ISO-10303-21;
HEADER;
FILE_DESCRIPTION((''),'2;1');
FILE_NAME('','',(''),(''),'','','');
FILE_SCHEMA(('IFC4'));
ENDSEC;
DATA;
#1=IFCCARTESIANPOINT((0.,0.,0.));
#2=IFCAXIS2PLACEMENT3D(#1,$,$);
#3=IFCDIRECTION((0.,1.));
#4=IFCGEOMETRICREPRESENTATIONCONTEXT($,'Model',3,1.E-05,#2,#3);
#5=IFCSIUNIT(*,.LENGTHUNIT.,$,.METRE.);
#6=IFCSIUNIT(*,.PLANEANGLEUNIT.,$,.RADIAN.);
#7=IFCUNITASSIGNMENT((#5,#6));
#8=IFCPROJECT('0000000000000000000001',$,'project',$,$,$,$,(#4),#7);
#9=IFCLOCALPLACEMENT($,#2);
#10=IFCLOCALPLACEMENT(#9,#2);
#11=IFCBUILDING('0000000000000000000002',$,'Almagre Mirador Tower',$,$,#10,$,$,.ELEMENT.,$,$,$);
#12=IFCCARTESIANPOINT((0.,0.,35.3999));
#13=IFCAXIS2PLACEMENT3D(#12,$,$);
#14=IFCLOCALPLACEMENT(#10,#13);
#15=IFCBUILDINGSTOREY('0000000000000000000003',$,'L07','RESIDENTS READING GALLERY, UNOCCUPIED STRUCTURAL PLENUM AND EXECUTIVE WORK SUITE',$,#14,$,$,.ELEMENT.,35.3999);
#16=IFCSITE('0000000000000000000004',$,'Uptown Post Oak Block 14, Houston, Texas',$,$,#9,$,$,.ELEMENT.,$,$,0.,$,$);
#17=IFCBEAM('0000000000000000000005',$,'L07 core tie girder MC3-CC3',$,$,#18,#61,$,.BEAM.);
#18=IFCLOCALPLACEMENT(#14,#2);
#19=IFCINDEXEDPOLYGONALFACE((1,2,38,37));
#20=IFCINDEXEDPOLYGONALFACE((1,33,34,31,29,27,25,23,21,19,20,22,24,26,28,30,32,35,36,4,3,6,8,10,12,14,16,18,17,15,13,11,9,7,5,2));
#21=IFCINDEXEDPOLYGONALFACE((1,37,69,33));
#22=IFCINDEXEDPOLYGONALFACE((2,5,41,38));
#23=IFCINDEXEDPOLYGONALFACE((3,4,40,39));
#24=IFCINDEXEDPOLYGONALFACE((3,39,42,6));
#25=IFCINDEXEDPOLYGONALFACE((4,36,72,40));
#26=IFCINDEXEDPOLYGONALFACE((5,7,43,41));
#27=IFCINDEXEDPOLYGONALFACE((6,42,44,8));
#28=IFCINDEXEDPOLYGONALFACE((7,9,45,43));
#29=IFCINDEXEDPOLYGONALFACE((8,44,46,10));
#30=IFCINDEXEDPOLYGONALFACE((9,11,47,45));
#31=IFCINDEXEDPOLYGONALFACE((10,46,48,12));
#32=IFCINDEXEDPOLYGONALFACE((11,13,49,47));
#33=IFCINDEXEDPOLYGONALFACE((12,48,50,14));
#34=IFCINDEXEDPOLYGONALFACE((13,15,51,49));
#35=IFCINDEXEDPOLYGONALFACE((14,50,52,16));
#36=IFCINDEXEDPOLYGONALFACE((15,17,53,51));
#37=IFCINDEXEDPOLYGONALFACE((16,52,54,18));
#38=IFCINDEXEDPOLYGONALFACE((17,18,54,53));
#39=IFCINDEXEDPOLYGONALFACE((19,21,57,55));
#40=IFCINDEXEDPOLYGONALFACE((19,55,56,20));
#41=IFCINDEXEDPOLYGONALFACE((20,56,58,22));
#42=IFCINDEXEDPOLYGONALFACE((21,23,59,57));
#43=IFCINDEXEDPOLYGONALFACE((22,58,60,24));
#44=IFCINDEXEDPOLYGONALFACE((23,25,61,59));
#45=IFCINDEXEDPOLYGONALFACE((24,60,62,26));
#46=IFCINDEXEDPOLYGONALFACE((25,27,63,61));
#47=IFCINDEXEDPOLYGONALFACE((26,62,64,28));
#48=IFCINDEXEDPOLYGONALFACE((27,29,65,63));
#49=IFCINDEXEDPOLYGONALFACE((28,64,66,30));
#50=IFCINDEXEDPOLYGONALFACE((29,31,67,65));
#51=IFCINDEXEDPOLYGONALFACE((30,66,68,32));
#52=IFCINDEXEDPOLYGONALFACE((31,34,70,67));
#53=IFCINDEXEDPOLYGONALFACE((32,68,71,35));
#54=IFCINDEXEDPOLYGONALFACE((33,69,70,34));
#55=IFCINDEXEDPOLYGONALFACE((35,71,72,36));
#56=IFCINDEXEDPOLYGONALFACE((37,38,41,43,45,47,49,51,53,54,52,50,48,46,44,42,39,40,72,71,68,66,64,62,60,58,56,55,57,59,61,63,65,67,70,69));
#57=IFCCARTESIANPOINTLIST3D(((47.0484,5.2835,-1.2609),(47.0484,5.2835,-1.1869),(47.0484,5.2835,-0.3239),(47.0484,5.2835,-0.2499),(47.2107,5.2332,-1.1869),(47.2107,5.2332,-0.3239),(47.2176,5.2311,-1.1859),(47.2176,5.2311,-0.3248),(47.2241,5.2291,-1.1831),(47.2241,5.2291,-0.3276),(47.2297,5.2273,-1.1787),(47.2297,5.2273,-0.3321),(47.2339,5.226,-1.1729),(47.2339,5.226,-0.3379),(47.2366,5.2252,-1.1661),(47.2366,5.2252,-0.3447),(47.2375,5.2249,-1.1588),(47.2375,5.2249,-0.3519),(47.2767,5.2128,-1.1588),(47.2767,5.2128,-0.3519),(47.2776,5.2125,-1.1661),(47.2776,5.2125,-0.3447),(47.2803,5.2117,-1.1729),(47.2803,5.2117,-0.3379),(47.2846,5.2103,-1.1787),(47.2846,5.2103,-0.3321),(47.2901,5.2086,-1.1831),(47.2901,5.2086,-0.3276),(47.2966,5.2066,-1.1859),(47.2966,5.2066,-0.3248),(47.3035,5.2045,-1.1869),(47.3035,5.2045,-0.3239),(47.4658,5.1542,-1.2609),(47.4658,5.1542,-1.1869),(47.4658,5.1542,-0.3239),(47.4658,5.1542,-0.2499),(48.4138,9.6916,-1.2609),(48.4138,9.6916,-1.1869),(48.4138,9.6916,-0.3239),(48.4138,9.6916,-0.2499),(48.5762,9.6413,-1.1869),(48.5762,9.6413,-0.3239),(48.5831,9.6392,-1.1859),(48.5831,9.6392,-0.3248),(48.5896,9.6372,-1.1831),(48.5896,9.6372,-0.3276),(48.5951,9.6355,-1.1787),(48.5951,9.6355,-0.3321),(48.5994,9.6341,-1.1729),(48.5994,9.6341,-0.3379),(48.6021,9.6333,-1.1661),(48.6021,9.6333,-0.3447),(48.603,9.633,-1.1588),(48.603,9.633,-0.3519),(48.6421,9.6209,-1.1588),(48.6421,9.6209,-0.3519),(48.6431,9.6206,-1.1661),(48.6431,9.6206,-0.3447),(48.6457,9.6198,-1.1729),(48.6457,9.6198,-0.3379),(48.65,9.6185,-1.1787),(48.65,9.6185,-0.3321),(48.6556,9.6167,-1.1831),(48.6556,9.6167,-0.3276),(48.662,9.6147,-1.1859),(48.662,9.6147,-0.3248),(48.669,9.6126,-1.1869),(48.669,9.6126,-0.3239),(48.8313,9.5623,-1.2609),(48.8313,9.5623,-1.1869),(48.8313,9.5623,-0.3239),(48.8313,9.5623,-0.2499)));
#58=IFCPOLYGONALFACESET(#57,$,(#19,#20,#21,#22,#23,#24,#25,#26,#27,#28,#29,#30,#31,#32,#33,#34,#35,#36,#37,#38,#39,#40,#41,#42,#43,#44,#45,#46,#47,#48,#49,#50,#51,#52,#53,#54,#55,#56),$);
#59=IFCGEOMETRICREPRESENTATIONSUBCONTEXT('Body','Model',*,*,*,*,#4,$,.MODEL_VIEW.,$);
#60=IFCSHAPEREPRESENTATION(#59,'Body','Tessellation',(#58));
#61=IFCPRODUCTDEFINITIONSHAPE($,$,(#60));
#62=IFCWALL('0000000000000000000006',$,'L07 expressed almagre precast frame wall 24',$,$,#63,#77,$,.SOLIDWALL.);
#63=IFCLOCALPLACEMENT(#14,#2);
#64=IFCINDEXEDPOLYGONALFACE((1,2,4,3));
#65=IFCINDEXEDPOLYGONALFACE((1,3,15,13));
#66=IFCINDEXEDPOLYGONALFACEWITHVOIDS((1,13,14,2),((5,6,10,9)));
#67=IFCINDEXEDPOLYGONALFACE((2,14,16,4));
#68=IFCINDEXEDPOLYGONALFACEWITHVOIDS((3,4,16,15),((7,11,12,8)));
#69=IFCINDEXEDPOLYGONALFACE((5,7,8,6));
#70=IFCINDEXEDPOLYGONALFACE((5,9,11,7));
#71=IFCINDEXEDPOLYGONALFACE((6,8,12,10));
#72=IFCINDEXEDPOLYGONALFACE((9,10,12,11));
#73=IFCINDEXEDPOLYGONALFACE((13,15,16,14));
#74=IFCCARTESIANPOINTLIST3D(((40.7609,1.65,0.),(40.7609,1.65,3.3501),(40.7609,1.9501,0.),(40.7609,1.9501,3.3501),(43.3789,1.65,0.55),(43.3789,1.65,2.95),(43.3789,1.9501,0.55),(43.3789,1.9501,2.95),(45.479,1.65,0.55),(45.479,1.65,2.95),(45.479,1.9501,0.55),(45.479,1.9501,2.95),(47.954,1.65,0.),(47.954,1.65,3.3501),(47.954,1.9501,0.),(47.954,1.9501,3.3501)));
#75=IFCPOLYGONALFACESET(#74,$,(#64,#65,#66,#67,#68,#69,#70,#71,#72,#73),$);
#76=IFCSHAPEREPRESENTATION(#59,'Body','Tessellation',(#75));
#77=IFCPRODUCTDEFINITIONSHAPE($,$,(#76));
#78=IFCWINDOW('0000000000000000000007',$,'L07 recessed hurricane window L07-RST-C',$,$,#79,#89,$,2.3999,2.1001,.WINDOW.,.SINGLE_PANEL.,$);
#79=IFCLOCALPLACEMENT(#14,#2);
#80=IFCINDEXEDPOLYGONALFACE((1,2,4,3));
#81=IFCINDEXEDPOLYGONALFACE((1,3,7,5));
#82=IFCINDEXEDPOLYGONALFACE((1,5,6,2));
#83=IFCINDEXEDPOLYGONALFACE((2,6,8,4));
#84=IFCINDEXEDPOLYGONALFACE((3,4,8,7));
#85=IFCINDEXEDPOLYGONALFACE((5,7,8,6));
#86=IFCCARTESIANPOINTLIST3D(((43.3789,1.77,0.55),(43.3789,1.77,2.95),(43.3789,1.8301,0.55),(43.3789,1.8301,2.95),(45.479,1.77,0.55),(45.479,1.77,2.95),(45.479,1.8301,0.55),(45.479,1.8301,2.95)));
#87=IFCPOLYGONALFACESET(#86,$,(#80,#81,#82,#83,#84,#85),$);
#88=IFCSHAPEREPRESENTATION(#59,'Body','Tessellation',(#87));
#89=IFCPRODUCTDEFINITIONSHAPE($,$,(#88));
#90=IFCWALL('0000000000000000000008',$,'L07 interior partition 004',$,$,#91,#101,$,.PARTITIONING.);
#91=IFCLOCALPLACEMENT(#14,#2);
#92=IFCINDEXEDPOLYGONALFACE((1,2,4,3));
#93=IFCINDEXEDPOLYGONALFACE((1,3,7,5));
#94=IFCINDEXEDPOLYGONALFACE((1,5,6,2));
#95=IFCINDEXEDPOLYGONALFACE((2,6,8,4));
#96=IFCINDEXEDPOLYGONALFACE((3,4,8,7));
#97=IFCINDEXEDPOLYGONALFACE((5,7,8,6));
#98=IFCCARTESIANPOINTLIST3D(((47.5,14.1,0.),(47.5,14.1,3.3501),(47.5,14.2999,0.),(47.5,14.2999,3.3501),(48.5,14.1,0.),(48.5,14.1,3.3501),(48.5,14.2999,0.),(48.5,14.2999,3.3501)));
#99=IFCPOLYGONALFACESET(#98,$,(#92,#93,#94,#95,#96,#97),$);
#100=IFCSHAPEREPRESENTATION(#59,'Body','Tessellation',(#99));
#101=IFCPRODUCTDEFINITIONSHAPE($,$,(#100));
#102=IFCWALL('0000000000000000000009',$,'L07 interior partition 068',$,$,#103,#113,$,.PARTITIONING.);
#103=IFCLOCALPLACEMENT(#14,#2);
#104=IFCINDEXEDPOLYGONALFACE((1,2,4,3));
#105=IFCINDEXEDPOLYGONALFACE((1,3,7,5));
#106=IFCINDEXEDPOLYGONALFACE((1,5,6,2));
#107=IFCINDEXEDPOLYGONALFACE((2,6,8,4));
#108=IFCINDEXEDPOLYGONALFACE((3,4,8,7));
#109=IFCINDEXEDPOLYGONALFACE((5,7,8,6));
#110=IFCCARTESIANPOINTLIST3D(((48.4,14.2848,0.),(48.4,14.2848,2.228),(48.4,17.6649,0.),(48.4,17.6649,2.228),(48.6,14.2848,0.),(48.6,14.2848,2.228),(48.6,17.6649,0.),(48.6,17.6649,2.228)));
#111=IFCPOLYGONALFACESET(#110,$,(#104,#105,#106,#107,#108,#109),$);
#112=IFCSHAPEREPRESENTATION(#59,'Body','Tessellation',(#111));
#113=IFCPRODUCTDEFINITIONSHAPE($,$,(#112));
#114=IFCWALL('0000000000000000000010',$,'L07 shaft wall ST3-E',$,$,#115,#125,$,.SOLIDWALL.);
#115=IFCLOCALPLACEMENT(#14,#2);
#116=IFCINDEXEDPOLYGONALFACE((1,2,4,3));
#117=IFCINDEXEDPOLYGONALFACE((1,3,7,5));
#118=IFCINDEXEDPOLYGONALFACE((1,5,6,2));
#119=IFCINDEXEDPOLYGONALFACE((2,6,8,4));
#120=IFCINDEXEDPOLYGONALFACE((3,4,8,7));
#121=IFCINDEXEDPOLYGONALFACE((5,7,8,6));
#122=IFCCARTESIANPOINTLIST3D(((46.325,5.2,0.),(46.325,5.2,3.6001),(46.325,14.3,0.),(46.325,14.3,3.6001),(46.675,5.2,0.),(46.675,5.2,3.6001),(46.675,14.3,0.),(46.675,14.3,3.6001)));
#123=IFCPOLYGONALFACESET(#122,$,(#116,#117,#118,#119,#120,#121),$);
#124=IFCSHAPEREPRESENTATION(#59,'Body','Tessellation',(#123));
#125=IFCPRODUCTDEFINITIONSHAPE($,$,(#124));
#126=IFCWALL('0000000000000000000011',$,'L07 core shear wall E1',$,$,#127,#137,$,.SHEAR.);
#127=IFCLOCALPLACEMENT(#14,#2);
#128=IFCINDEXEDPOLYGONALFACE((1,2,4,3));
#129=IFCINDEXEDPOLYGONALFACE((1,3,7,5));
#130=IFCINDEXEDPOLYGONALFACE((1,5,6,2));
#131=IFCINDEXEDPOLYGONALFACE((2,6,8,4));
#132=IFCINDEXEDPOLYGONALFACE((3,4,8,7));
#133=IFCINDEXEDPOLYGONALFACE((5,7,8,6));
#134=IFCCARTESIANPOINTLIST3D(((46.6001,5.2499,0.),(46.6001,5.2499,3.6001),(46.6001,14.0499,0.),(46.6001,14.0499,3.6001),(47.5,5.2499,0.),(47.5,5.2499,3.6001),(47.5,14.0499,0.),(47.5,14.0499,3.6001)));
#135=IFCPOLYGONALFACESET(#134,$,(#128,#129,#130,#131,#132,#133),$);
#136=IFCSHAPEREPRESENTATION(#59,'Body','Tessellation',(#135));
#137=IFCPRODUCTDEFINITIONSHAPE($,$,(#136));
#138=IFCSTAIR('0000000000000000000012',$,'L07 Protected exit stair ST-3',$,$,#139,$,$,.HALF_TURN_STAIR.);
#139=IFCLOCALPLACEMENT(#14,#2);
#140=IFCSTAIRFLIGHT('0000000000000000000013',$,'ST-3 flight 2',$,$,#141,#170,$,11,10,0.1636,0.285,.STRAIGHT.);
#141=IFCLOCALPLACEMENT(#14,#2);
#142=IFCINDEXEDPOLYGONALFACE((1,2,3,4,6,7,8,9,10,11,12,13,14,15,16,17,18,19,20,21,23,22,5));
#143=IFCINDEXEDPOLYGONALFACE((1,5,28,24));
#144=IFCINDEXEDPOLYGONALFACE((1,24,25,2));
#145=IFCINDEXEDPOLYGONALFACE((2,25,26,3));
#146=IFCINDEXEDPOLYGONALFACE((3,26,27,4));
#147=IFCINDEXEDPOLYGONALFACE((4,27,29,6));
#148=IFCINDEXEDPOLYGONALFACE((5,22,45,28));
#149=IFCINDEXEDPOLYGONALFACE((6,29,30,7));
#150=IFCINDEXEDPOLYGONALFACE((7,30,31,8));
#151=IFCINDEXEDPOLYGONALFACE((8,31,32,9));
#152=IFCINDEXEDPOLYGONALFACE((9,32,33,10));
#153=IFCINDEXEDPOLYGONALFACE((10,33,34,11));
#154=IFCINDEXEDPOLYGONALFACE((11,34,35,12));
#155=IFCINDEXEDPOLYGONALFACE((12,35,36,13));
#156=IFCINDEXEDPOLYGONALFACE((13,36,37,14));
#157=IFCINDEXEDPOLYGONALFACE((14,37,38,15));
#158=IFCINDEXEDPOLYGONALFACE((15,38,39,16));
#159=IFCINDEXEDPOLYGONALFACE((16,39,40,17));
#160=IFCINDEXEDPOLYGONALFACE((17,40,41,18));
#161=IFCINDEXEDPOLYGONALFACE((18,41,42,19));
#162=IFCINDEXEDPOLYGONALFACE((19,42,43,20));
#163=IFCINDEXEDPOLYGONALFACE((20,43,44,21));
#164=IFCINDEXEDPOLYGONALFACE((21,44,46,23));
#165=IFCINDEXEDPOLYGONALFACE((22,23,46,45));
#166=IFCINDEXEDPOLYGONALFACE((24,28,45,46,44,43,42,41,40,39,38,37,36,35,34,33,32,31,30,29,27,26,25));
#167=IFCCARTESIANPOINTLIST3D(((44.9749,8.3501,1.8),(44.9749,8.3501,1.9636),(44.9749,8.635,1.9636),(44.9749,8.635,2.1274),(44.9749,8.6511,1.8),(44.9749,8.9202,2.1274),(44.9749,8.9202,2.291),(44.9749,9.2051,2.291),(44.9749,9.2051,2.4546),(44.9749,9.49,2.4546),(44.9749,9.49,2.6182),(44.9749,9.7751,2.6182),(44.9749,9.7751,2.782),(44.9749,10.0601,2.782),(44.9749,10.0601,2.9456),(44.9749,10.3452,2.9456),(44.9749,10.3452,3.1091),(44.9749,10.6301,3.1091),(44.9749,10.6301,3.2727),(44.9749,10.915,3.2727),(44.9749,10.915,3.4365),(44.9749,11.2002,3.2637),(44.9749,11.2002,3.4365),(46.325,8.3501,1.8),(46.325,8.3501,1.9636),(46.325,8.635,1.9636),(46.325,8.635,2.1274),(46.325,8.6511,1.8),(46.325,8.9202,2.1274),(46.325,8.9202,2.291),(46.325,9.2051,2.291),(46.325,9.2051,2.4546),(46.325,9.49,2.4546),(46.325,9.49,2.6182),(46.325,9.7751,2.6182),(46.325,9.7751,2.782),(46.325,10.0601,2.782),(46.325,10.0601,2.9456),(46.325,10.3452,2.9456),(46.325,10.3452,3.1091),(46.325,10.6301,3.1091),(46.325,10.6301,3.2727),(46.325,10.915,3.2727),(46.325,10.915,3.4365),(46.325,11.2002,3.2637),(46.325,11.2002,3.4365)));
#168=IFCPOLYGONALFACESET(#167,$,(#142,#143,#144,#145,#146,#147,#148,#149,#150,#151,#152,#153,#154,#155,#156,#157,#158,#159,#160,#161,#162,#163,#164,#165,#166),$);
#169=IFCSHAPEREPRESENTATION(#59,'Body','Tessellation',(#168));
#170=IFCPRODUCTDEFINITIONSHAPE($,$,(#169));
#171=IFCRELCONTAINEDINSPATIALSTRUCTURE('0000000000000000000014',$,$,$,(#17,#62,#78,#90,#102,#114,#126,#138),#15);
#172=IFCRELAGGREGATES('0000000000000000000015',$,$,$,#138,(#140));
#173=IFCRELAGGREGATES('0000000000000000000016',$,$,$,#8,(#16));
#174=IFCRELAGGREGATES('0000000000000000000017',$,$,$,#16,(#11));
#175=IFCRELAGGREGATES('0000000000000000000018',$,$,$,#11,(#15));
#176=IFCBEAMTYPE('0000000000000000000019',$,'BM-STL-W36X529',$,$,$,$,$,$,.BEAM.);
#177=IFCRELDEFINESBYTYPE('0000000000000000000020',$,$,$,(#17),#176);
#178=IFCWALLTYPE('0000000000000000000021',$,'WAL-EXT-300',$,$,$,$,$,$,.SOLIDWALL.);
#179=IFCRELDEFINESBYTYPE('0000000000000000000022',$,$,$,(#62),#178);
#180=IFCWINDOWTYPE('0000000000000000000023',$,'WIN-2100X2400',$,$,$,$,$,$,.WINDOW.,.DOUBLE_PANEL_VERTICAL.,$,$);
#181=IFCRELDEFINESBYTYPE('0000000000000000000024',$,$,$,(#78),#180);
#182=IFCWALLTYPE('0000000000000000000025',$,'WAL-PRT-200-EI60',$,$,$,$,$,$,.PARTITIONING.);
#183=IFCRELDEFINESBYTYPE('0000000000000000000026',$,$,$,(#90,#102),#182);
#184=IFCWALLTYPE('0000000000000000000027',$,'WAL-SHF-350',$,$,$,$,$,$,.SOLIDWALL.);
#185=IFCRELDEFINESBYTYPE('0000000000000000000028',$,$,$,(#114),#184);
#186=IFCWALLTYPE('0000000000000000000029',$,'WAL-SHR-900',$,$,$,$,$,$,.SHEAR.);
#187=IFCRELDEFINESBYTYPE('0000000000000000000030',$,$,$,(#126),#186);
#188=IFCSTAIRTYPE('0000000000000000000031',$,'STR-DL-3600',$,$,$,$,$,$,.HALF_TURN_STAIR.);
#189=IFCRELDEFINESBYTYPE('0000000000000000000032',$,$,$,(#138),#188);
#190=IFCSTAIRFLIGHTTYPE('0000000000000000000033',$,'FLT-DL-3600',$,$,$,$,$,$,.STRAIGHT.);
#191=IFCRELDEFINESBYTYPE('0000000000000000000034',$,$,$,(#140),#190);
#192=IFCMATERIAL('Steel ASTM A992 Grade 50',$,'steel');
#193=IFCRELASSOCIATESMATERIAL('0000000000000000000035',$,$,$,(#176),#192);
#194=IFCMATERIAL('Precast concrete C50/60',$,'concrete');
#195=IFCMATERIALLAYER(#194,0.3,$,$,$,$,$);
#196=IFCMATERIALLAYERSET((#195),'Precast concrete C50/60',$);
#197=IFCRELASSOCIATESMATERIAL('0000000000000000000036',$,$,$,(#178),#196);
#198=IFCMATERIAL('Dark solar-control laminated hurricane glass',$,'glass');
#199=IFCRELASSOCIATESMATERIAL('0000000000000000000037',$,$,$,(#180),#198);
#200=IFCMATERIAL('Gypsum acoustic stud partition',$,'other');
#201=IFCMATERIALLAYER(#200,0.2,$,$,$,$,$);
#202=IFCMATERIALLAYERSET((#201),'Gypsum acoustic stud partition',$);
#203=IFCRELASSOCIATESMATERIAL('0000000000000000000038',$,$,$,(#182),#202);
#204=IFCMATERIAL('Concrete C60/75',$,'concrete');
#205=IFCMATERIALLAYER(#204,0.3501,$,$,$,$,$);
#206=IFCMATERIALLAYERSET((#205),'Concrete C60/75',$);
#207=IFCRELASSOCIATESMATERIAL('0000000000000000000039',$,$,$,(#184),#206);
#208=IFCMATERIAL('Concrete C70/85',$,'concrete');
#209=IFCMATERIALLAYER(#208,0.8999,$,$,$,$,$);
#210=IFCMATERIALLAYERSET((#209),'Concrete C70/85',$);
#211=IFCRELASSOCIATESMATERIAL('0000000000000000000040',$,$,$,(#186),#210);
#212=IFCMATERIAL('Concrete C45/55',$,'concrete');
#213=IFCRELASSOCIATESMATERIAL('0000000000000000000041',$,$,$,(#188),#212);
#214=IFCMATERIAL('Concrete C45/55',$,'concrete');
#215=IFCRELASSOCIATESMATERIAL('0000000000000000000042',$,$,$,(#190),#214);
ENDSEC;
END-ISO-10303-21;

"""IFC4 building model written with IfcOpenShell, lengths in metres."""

from ifc_helpers import new_model, si_unit, direction, frame, frame_2d, origin, origin_2d, place, context, subcontext, project, spatial, polyline, rectangle, i_section, outline, extrude, material, layer, layer_set, material_profile, profile_set, type_object, element, fill, aggregate, save


model = new_model("IFC4")

# Units and contexts
model_context = context("Model", 3, precision=1e-05, world=origin(), true_north=direction((0.0, 1.0)))
body_context = subcontext(model_context, "Body", "Model", "MODEL_VIEW")
ifc_project = project(units=[si_unit("LENGTHUNIT", "METRE"), si_unit("PLANEANGLEUNIT", "RADIAN")], contexts=[model_context])

# Site, building, storey
site_placement = place(None, origin())
site = spatial("IfcSite", under=ifc_project, at=site_placement, Name="Uptown Post Oak Block 14, Houston, Texas", CompositionType="ELEMENT", RefElevation=0.0)
building_placement = place(site_placement, origin())
building = spatial("IfcBuilding", under=site, at=building_placement, Name="Almagre Mirador Tower", CompositionType="ELEMENT")
storey_placement = place(building_placement, frame((0.0, 0.0, 35.3999)))
storey = spatial("IfcBuildingStorey", under=building, at=storey_placement, Name="L07", Description="RESIDENTS READING GALLERY, UNOCCUPIED STRUCTURAL PLENUM AND EXECUTIVE WORK SUITE", CompositionType="ELEMENT", Elevation=35.3999)

# Beam
ifc_material_1 = material(Name="Steel ASTM A992 Grade 50", Category="steel")
ifc_material_profile_1 = material_profile(ifc_material_1, i_section(OverallWidth=0.437, OverallDepth=1.011, WebThickness=0.041, FlangeThickness=0.074, FilletRadius=0.0281, at=origin_2d()), Name="W36X529")
ifc_profile_set_1 = profile_set([ifc_material_profile_1], Name="Steel ASTM A992 Grade 50")
beam_type_1 = type_object("IfcBeamType", Name="BM-STL-W36X529", PredefinedType="BEAM", material=ifc_profile_set_1)
beam_1_placement = place(storey_placement, frame((48.6226, 9.627, -0.7554), z_axis=(-0.295888, -0.955223, 0.0), x_axis=(0.955223, -0.295888, 0.0)))
element("IfcBeam", 1, at=beam_1_placement, inside=storey, type_object=beam_type_1, Name="L07 core tie girder MC3-CC3", PredefinedType="BEAM", context=body_context, shape_type="SweptSolid", body=[
    extrude(i_section(OverallWidth=0.437, OverallDepth=1.011, WebThickness=0.041, FlangeThickness=0.074, FilletRadius=0.0281, at=origin_2d()), origin(), (0.0, 0.0, 1.0), 4.6147),
])

# Wall, opening, window
ifc_material_2 = material(Name="Precast concrete C50/60", Category="concrete")
ifc_layer_1 = layer(ifc_material_2, 0.3)
ifc_layer_set_1 = layer_set([ifc_layer_1], Name="Precast concrete C50/60")
wall_type_1 = type_object("IfcWallType", Name="WAL-EXT-300", PredefinedType="SOLIDWALL", material=ifc_layer_set_1)
wall_1_placement = place(storey_placement, frame((47.9541, 1.8, 0.0), z_axis=(0.0, 0.0, 1.0), x_axis=(-1.0, 0.0, 0.0)))
wall_1 = element("IfcWall", 2, at=wall_1_placement, inside=storey, type_object=wall_type_1, Name="L07 expressed almagre precast frame wall 24", PredefinedType="SOLIDWALL", context=body_context, shape_type="SweptSolid", body=[
    extrude(rectangle(XDim=7.1931, YDim=0.3, at=frame_2d((3.5967, 0.0))), origin(), (0.0, 0.0, 1.0), 3.3501),
])
opening_placement = place(wall_1_placement, frame((2.4751, 0.0, 0.55)))
opening = element("IfcOpeningElement", 3, at=opening_placement, cuts=wall_1, PredefinedType="OPENING", context=body_context, shape_type="SweptSolid", body=[
    extrude(rectangle(XDim=2.1001, YDim=2.3999, at=frame_2d((1.05, 1.2))), frame((0.0, 0.1599, 0.0), z_axis=(0.0, -1.0, 0.0), x_axis=(1.0, 0.0, 0.0)), (0.0, 0.0, 1.0), 0.32),
])
ifc_material_3 = material(Name="Dark solar-control laminated hurricane glass", Category="glass")
window_type = type_object("IfcWindowType", Name="WIN-2100X2400", PartitioningType="DOUBLE_PANEL_VERTICAL", PredefinedType="WINDOW", material=ifc_material_3)
window_placement = place(opening_placement, origin())
window = element("IfcWindow", 4, at=window_placement, inside=storey, type_object=window_type, Name="L07 recessed hurricane window L07-RST-C", OverallHeight=2.3999, OverallWidth=2.1001, PartitioningType="SINGLE_PANEL", PredefinedType="WINDOW", context=body_context, shape_type="SweptSolid", body=[
    extrude(rectangle(XDim=2.1001, YDim=2.3999, at=frame_2d((1.05, 1.2))), frame((0.0, 0.03, 0.0), z_axis=(0.0, -1.0, 0.0), x_axis=(1.0, 0.0, 0.0)), (0.0, 0.0, 1.0), 0.0601),
])
fill(opening, window)

# Walls
ifc_material_4 = material(Name="Gypsum acoustic stud partition", Category="other")
ifc_layer_2 = layer(ifc_material_4, 0.2)
ifc_layer_set_2 = layer_set([ifc_layer_2], Name="Gypsum acoustic stud partition")
wall_type_2 = type_object("IfcWallType", Name="WAL-PRT-200-EI60", PredefinedType="PARTITIONING", material=ifc_layer_set_2)
wall_2_placement = place(storey_placement, frame((47.5, 14.2, 0.0), z_axis=(0.0, 0.0, 1.0), x_axis=(1.0, 0.0, 0.0)))
element("IfcWall", 5, at=wall_2_placement, inside=storey, type_object=wall_type_2, Name="L07 interior partition 004", PredefinedType="PARTITIONING", context=body_context, shape_type="SweptSolid", body=[
    extrude(rectangle(XDim=1.0, YDim=0.2, at=frame_2d((0.5, 0.0))), origin(), (0.0, 0.0, 1.0), 3.3501),
])
wall_3_placement = place(storey_placement, frame((48.5, 14.2849, 0.0), z_axis=(0.0, 0.0, 1.0), x_axis=(0.0, 1.0, 0.0)))
element("IfcWall", 6, at=wall_3_placement, inside=storey, type_object=wall_type_2, Name="L07 interior partition 068", PredefinedType="PARTITIONING", context=body_context, shape_type="SweptSolid", body=[
    extrude(rectangle(XDim=3.3801, YDim=0.2, at=frame_2d((1.6899, 0.0))), origin(), (0.0, 0.0, 1.0), 2.228),
])
ifc_material_5 = material(Name="Concrete C60/75", Category="concrete")
ifc_layer_3 = layer(ifc_material_5, 0.3501)
ifc_layer_set_3 = layer_set([ifc_layer_3], Name="Concrete C60/75")
wall_type_3 = type_object("IfcWallType", Name="WAL-SHF-350", PredefinedType="SOLIDWALL", material=ifc_layer_set_3)
wall_4_placement = place(storey_placement, frame((46.5, 5.2, 0.0), z_axis=(0.0, 0.0, 1.0), x_axis=(0.0, 1.0, 0.0)))
element("IfcWall", 7, at=wall_4_placement, inside=storey, type_object=wall_type_3, Name="L07 shaft wall ST3-E", PredefinedType="SOLIDWALL", context=body_context, shape_type="SweptSolid", body=[
    extrude(rectangle(XDim=9.1001, YDim=0.3501, at=frame_2d((4.55, 0.0))), origin(), (0.0, 0.0, 1.0), 3.6001),
])
ifc_material_6 = material(Name="Concrete C70/85", Category="concrete")
ifc_layer_4 = layer(ifc_material_6, 0.8999)
ifc_layer_set_4 = layer_set([ifc_layer_4], Name="Concrete C70/85")
wall_type_4 = type_object("IfcWallType", Name="WAL-SHR-900", PredefinedType="SHEAR", material=ifc_layer_set_4)
wall_5_placement = place(storey_placement, frame((47.05, 5.25, 0.0), z_axis=(0.0, 0.0, 1.0), x_axis=(0.0, 1.0, 0.0)))
element("IfcWall", 8, at=wall_5_placement, inside=storey, type_object=wall_type_4, Name="L07 core shear wall E1", PredefinedType="SHEAR", context=body_context, shape_type="SweptSolid", body=[
    extrude(rectangle(XDim=8.8, YDim=0.8999, at=frame_2d((4.3999, 0.0))), origin(), (0.0, 0.0, 1.0), 3.6001),
])

# Stair, stair flight
ifc_material_7 = material(Name="Concrete C45/55", Category="concrete")
stair_type = type_object("IfcStairType", Name="STR-DL-3600", PredefinedType="HALF_TURN_STAIR", material=ifc_material_7)
stair_placement = place(storey_placement, origin())
stair = element("IfcStair", 9, at=stair_placement, inside=storey, type_object=stair_type, Name="L07 Protected exit stair ST-3", PredefinedType="HALF_TURN_STAIR")
ifc_material_8 = material(Name="Concrete C45/55", Category="concrete")
stair_flight_type = type_object("IfcStairFlightType", Name="FLT-DL-3600", PredefinedType="STRAIGHT", material=ifc_material_8)
stair_flight_placement = place(storey_placement, frame((45.6499, 8.3501, 1.8), z_axis=(0.0, 0.0, 1.0), x_axis=(0.0, 1.0, 0.0)))
stair_flight = element("IfcStairFlight", 10, at=stair_flight_placement, type_object=stair_flight_type, Name="ST-3 flight 2", NumberOfRisers=11, NumberOfTreads=10, PredefinedType="STRAIGHT", RiserHeight=0.1636, TreadLength=0.285, context=body_context, shape_type="SweptSolid", body=[
    extrude(outline(polyline([(0.0, 0.0), (0.0, 0.1636), (0.2849, 0.1636), (0.2849, 0.3274), (0.5701, 0.3274), (0.5701, 0.491), (0.855, 0.491), (0.855, 0.6545), (1.1399, 0.6545), (1.1399, 0.8181), (1.425, 0.8181), (1.425, 0.9819), (1.71, 0.9819), (1.71, 1.1455), (1.9951, 1.1455), (1.9951, 1.3091), (2.28, 1.3091), (2.28, 1.4727), (2.5649, 1.4727), (2.5649, 1.6365), (2.8501, 1.6365), (2.8501, 1.8), (2.8501, 1.4636), (0.301, 0.0), (0.0, 0.0)])), frame((0.0, 0.675, 0.0), z_axis=(0.0, -1.0, 0.0), x_axis=(1.0, 0.0, 0.0)), (0.0, 0.0, 1.0), 1.3501),
])
aggregate(stair, [stair_flight])

save(model, "model.ifc")
